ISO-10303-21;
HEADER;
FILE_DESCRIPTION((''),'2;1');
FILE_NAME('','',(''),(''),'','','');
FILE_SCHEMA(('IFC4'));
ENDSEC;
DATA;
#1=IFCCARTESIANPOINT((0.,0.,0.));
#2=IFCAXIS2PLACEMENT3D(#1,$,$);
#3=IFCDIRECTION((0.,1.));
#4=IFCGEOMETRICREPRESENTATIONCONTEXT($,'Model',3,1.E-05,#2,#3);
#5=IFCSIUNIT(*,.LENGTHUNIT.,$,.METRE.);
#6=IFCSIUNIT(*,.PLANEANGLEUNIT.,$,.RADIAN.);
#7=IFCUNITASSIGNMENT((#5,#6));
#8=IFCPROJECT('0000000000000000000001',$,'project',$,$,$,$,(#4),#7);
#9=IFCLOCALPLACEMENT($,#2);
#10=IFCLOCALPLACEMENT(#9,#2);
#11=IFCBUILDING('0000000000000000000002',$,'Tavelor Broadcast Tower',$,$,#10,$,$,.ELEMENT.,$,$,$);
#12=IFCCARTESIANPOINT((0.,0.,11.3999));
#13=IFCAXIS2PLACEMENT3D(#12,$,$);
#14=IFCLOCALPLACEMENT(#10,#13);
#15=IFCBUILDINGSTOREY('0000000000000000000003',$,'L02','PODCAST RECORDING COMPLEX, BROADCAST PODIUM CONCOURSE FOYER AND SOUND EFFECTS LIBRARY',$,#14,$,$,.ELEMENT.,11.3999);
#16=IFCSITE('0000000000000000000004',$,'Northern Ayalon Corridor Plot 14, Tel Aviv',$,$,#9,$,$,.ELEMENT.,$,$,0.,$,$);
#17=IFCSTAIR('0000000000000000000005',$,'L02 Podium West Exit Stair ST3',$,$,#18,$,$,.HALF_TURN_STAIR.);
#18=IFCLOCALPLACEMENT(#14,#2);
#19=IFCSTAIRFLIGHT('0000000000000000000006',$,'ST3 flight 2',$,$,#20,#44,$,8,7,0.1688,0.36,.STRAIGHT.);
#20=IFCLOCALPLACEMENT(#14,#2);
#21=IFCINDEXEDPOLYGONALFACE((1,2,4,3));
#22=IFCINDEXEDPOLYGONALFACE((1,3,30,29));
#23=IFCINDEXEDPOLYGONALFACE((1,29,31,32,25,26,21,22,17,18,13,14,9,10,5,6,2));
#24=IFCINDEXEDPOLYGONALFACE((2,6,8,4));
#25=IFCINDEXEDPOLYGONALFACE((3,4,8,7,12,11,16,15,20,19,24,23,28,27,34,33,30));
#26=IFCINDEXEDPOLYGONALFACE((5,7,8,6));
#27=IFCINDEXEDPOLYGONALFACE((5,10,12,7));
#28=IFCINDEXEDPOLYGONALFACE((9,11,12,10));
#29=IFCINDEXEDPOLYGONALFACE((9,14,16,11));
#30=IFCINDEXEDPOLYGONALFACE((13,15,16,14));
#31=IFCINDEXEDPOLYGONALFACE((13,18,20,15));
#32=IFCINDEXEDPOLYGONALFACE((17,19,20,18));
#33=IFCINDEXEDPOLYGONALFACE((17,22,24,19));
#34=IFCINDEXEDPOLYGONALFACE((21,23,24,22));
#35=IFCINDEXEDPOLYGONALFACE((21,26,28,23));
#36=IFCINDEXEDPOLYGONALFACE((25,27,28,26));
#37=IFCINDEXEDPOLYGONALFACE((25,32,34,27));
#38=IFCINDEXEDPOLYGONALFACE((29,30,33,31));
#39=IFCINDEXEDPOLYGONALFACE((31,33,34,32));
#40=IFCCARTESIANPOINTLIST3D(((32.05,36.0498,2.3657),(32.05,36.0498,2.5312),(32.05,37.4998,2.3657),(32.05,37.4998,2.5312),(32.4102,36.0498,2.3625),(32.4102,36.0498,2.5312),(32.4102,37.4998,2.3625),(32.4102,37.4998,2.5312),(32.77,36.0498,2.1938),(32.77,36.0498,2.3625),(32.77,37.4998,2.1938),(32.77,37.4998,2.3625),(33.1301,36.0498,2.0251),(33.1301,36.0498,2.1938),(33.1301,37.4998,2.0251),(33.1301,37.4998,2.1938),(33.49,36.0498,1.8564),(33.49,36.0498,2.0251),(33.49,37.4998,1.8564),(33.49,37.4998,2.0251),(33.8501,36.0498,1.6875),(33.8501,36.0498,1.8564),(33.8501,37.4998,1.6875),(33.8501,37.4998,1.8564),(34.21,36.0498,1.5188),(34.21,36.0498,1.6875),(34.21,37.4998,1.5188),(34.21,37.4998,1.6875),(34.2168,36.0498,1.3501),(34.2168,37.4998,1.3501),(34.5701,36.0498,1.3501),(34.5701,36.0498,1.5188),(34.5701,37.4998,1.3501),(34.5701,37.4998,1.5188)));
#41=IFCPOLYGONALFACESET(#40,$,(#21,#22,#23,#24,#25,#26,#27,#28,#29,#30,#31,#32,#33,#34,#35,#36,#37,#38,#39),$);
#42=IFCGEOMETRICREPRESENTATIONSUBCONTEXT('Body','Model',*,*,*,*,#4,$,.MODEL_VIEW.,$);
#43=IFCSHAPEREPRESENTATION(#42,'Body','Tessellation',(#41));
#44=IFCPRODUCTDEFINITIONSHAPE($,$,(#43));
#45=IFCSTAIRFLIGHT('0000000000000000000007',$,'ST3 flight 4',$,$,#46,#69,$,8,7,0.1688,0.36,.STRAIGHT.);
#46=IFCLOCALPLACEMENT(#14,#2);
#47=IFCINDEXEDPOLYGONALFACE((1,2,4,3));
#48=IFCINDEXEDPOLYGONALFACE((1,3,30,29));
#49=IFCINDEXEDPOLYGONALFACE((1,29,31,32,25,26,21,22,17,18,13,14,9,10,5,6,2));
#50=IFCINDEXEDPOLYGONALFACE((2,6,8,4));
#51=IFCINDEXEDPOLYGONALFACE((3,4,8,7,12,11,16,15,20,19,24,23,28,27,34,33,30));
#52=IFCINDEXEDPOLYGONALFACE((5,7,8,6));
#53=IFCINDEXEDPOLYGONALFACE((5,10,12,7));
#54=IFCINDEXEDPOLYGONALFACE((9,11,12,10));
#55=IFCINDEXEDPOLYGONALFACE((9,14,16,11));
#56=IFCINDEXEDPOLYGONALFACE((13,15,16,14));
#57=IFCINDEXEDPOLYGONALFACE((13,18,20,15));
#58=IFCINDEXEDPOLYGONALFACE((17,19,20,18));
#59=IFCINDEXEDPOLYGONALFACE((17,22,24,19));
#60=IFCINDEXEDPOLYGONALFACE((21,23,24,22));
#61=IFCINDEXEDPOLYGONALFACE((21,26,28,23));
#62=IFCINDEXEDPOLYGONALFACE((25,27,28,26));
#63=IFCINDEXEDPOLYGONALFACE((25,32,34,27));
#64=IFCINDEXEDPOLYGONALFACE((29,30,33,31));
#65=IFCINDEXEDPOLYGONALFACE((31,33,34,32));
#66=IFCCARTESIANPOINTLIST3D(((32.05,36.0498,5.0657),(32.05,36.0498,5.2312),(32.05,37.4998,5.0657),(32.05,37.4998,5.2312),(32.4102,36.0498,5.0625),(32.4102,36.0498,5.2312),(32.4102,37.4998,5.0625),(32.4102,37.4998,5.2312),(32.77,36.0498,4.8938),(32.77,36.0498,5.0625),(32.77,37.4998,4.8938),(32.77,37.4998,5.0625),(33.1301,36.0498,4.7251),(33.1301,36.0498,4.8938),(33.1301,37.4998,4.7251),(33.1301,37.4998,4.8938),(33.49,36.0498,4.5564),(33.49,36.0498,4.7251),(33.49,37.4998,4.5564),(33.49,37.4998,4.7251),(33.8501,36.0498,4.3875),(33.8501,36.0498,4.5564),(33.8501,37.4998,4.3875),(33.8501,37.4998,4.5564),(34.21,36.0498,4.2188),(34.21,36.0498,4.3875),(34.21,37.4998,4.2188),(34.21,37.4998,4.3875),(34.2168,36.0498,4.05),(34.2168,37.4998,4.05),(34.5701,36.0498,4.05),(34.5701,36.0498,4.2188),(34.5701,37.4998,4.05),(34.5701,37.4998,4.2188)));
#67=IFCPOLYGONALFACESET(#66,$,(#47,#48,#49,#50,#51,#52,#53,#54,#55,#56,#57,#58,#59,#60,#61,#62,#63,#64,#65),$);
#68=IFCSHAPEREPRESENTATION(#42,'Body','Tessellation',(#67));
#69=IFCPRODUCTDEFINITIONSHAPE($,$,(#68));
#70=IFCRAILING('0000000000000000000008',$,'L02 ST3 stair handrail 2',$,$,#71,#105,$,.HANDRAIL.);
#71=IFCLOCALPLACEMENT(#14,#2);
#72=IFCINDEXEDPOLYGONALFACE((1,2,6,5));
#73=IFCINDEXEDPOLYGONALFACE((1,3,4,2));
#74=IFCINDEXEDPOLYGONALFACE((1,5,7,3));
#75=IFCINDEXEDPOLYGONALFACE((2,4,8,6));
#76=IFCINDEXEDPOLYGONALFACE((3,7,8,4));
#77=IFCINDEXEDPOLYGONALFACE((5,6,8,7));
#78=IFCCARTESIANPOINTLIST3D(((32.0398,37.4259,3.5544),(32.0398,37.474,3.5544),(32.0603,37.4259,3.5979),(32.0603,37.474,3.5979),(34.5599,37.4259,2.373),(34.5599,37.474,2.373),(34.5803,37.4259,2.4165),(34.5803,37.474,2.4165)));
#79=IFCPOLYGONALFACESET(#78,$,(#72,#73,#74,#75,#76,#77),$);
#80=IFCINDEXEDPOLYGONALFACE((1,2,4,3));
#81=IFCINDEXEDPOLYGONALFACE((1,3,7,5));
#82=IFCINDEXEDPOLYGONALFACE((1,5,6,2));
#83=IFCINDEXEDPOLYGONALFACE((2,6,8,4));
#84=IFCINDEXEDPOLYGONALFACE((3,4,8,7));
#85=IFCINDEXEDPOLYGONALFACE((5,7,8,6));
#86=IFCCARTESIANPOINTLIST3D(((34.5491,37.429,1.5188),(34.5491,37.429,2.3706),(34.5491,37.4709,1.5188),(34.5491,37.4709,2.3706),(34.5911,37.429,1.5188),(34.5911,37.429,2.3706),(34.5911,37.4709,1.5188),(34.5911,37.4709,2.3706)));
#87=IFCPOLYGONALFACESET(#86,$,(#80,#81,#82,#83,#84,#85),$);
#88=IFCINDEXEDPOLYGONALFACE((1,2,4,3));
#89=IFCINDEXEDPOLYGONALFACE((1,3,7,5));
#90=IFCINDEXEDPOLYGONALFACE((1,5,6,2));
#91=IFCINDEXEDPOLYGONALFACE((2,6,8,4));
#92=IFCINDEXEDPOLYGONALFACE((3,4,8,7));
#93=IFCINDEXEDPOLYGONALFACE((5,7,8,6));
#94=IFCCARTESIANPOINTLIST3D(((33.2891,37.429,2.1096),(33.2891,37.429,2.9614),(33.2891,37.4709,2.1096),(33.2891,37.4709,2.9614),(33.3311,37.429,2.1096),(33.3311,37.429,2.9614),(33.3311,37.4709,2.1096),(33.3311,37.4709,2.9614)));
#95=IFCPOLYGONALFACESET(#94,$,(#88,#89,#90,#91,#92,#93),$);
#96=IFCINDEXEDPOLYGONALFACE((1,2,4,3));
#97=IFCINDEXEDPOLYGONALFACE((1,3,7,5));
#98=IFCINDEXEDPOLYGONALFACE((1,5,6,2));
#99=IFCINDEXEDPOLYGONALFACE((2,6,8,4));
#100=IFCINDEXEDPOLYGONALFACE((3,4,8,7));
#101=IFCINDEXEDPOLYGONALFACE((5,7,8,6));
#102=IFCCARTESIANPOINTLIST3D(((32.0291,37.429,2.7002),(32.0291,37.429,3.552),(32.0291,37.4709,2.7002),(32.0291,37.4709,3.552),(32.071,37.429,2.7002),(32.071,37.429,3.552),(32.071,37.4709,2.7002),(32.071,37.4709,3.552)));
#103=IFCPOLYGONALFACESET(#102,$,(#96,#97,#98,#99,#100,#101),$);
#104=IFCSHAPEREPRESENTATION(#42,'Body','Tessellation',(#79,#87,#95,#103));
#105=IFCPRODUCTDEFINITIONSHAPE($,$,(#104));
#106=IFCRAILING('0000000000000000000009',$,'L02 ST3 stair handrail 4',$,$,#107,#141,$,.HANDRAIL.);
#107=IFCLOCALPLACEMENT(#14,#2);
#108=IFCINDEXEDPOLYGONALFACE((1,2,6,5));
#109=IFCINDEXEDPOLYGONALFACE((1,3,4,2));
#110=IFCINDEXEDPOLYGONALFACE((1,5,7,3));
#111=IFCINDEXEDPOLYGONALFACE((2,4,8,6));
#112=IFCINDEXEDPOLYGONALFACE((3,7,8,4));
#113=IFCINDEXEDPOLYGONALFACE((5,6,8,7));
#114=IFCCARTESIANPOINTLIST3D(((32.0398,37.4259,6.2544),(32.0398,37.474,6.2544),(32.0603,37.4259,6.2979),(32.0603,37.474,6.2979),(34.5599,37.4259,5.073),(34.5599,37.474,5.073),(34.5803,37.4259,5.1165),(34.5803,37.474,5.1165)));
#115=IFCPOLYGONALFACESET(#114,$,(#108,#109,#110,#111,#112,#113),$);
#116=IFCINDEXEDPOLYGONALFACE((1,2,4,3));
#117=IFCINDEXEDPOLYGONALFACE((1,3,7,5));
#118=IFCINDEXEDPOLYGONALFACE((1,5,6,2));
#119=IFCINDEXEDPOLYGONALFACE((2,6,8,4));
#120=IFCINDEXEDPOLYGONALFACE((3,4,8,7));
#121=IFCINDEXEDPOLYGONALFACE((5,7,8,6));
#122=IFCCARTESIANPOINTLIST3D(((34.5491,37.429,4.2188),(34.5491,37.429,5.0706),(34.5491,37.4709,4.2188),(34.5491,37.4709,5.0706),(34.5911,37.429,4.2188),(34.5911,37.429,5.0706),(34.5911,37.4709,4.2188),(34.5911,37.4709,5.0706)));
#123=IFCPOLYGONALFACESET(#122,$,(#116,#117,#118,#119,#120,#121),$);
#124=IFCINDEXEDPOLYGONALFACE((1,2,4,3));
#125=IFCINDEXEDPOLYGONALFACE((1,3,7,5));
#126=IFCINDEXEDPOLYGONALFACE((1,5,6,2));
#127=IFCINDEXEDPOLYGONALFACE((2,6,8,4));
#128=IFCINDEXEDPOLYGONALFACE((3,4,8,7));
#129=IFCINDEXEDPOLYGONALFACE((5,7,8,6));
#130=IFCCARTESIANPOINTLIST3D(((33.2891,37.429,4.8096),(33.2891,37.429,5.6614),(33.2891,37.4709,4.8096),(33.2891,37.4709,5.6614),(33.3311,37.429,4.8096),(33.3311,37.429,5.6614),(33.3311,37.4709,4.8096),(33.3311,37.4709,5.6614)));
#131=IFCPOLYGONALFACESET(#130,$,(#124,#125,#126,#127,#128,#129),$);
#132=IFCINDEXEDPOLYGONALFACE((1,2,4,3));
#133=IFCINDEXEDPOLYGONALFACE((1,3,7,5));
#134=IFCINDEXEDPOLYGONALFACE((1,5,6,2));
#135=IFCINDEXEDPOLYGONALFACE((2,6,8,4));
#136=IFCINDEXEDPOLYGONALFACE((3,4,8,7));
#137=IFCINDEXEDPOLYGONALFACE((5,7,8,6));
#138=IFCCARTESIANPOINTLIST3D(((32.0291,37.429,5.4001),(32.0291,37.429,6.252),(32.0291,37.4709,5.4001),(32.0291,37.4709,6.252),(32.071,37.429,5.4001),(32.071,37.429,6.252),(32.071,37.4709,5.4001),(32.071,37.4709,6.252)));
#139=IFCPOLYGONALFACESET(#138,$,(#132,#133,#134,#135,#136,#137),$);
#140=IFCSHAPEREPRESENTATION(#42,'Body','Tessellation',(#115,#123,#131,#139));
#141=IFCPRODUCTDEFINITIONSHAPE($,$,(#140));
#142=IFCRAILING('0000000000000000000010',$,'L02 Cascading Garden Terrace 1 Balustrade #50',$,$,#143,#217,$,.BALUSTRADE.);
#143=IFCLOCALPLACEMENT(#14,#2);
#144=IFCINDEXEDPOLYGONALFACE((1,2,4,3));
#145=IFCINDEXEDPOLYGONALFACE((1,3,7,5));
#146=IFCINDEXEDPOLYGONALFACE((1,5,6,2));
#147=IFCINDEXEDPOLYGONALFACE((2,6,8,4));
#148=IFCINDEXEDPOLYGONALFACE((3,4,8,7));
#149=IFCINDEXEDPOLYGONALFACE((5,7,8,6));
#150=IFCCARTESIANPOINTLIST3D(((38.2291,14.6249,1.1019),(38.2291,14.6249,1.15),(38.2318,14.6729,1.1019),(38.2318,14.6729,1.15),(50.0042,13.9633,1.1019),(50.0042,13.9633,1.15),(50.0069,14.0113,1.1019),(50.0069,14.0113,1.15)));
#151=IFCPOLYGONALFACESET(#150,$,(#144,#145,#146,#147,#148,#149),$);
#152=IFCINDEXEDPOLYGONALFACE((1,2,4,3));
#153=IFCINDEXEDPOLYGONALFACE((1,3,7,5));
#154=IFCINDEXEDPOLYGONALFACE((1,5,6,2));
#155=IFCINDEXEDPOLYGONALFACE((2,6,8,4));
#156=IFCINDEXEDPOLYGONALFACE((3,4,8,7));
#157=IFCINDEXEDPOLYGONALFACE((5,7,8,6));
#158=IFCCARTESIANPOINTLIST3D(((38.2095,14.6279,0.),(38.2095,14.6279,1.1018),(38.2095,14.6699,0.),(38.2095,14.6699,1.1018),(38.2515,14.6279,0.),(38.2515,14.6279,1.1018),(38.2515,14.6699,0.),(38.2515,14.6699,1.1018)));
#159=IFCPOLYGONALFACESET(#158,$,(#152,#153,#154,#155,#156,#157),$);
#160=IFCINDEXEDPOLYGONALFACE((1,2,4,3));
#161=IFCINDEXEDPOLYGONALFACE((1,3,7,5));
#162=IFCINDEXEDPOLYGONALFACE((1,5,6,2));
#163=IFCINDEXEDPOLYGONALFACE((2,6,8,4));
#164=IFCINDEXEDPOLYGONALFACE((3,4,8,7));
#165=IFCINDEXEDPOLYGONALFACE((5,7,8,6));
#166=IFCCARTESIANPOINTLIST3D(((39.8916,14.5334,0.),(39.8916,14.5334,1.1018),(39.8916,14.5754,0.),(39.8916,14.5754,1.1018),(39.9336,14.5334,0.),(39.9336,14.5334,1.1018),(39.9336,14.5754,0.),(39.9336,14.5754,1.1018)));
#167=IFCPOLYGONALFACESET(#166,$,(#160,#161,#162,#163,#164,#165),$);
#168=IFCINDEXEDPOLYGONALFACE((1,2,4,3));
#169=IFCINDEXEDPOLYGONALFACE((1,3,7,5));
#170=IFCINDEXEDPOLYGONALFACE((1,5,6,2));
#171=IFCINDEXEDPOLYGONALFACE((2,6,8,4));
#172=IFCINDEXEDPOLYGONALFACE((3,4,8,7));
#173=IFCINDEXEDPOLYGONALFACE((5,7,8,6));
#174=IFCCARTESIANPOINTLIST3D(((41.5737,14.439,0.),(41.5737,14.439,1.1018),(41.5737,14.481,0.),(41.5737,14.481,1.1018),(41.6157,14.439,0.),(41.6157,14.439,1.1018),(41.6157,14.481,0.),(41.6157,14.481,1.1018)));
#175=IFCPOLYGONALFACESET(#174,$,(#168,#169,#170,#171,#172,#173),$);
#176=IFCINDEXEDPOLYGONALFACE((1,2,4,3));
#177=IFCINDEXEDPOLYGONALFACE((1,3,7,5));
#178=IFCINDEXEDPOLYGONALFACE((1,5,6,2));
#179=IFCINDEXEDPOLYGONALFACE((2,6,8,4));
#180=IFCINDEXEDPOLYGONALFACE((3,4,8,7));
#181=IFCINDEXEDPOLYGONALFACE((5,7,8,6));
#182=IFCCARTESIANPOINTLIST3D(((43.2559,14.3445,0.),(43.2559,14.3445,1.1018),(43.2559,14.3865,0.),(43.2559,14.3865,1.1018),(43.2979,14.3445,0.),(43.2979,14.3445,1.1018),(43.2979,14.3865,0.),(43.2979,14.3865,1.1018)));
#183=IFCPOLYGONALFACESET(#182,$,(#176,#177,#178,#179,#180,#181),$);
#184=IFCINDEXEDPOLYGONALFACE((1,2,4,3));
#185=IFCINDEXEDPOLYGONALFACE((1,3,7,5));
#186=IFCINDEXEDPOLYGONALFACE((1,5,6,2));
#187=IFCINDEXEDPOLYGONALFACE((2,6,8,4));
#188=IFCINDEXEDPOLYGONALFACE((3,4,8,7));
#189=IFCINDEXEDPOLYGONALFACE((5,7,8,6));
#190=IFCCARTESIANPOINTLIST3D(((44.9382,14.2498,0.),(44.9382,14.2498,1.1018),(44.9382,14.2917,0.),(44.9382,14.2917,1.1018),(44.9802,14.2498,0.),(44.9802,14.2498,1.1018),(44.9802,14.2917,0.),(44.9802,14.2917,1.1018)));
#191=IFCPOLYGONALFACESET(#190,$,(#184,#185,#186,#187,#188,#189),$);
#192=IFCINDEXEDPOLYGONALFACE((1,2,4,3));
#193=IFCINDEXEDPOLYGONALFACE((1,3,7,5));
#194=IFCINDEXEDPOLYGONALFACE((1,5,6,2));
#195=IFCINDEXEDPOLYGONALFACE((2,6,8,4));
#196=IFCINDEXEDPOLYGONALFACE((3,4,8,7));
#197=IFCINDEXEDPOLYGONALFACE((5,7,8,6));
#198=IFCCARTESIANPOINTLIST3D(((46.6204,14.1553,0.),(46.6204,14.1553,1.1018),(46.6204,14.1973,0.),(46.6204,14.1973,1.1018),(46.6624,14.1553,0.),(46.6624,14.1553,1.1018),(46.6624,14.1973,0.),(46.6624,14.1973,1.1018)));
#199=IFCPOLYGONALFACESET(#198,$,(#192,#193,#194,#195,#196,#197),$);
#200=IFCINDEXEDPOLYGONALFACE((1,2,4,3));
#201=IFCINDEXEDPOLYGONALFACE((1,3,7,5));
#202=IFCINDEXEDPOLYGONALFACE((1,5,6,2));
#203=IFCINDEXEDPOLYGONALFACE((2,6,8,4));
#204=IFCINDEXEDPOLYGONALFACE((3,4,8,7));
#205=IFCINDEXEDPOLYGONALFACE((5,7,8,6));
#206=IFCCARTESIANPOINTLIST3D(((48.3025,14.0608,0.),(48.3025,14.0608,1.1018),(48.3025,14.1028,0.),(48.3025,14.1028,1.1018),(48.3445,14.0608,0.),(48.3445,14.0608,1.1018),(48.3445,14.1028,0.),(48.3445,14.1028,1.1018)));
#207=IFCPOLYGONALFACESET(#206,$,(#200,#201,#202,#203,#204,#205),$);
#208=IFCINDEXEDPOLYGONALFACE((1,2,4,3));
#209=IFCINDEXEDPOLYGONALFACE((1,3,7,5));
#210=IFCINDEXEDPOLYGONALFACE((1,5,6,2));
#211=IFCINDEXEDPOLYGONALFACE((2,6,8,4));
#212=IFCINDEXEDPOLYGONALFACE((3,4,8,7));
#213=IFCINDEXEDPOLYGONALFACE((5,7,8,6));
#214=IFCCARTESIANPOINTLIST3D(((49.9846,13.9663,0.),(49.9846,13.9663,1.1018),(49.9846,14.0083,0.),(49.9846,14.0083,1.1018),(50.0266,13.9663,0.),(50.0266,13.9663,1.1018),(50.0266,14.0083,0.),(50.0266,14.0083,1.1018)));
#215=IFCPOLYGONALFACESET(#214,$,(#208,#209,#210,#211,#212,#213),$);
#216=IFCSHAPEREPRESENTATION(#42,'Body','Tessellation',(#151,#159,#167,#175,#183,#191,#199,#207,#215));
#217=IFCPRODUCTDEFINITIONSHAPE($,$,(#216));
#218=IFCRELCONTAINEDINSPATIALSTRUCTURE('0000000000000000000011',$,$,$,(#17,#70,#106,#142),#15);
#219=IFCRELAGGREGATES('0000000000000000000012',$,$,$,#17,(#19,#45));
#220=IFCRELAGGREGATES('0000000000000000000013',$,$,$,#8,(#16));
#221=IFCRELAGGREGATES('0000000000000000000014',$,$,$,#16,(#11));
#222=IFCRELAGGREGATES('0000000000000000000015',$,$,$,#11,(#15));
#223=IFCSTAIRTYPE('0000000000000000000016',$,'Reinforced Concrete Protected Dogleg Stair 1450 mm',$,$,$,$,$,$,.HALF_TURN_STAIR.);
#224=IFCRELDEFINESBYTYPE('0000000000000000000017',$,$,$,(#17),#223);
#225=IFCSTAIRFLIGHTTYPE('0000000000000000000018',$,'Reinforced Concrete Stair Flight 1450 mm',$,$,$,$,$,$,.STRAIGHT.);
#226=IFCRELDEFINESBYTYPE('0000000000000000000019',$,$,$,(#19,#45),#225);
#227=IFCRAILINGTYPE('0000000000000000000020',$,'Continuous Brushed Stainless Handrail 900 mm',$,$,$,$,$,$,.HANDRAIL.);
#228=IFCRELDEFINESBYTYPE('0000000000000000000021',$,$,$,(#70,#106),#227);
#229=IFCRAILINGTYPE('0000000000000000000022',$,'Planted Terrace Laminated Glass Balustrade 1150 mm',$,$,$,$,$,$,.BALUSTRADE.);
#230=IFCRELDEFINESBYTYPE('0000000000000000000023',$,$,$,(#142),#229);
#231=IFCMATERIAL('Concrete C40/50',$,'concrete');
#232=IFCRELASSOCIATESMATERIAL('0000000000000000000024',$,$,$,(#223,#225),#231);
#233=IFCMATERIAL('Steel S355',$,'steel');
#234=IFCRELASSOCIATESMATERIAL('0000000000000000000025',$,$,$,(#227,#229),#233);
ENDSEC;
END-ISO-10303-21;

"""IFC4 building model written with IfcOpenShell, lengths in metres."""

from ifc_helpers import new_model, si_unit, direction, frame, origin, origin_2d, place, context, subcontext, project, spatial, polyline, rectangle, outline, extrude, material, type_object, element, aggregate, save


model = new_model("IFC4")

# Units and contexts
model_context = context("Model", 3, precision=1e-05, world=origin(), true_north=direction((0.0, 1.0)))
body_context = subcontext(model_context, "Body", "Model", "MODEL_VIEW")
ifc_project = project(units=[si_unit("LENGTHUNIT", "METRE"), si_unit("PLANEANGLEUNIT", "RADIAN")], contexts=[model_context])

# Site, building, storey
site_placement = place(None, origin())
site = spatial("IfcSite", under=ifc_project, at=site_placement, Name="Northern Ayalon Corridor Plot 14, Tel Aviv", CompositionType="ELEMENT", RefElevation=0.0)
building_placement = place(site_placement, origin())
building = spatial("IfcBuilding", under=site, at=building_placement, Name="Tavelor Broadcast Tower", CompositionType="ELEMENT")
storey_placement = place(building_placement, frame((0.0, 0.0, 11.3999)))
storey = spatial("IfcBuildingStorey", under=building, at=storey_placement, Name="L02", Description="PODCAST RECORDING COMPLEX, BROADCAST PODIUM CONCOURSE FOYER AND SOUND EFFECTS LIBRARY", CompositionType="ELEMENT", Elevation=11.3999)

# Shared definitions
ifc_material_1 = material(Name="Steel S355", Category="steel")

# Shared definitions
ifc_material_2 = material(Name="Concrete C40/50", Category="concrete")

# Stair, stair flights
stair_type = type_object("IfcStairType", Name="Reinforced Concrete Protected Dogleg Stair 1450 mm", PredefinedType="HALF_TURN_STAIR", material=ifc_material_2)
stair_placement = place(storey_placement, origin())
stair = element("IfcStair", 1, at=stair_placement, inside=storey, type_object=stair_type, Name="L02 Podium West Exit Stair ST3", PredefinedType="HALF_TURN_STAIR")
stair_flight_type = type_object("IfcStairFlightType", Name="Reinforced Concrete Stair Flight 1450 mm", PredefinedType="STRAIGHT", material=ifc_material_2)
stair_flight_1_placement = place(storey_placement, frame((34.5701, 36.7749, 1.3501), z_axis=(0.0, 0.0, 1.0), x_axis=(-1.0, 0.0, 0.0)))
stair_flight_1 = element("IfcStairFlight", 2, at=stair_flight_1_placement, type_object=stair_flight_type, Name="ST3 flight 2", NumberOfRisers=8, NumberOfTreads=7, PredefinedType="STRAIGHT", RiserHeight=0.1688, TreadLength=0.36, context=body_context, shape_type="SweptSolid", body=[
    extrude(outline(polyline([(0.0, 0.0), (0.0, 0.1687), (0.3601, 0.1687), (0.3601, 0.3374), (0.72, 0.3374), (0.72, 0.5063), (1.0801, 0.5063), (1.0801, 0.675), (1.4399, 0.675), (1.4399, 0.8438), (1.8, 0.8438), (1.8, 1.0125), (2.1599, 1.0125), (2.1599, 1.1812), (2.52, 1.1812), (2.52, 1.3501), (2.52, 1.0156), (0.3533, 0.0), (0.0, 0.0)])), frame((0.0, 0.7251, 0.0), z_axis=(0.0, -1.0, 0.0), x_axis=(1.0, 0.0, 0.0)), (0.0, 0.0, 1.0), 1.45),
])
stair_flight_2_placement = place(storey_placement, frame((34.5701, 36.7749, 4.05), z_axis=(0.0, 0.0, 1.0), x_axis=(-1.0, 0.0, 0.0)))
stair_flight_2 = element("IfcStairFlight", 3, at=stair_flight_2_placement, type_object=stair_flight_type, Name="ST3 flight 4", NumberOfRisers=8, NumberOfTreads=7, PredefinedType="STRAIGHT", RiserHeight=0.1688, TreadLength=0.36, context=body_context, shape_type="SweptSolid", body=[
    extrude(outline(polyline([(0.0, 0.0), (0.0, 0.1687), (0.3601, 0.1687), (0.3601, 0.3374), (0.72, 0.3374), (0.72, 0.5063), (1.0801, 0.5063), (1.0801, 0.675), (1.4399, 0.675), (1.4399, 0.8438), (1.8, 0.8438), (1.8, 1.0125), (2.1599, 1.0125), (2.1599, 1.1812), (2.52, 1.1812), (2.52, 1.3501), (2.52, 1.0156), (0.3533, 0.0), (0.0, 0.0)])), frame((0.0, 0.7251, 0.0), z_axis=(0.0, -1.0, 0.0), x_axis=(1.0, 0.0, 0.0)), (0.0, 0.0, 1.0), 1.45),
])
aggregate(stair, [stair_flight_1, stair_flight_2])

# Railings
railing_type_1 = type_object("IfcRailingType", Name="Continuous Brushed Stainless Handrail 900 mm", PredefinedType="HANDRAIL", material=ifc_material_1)
for number, where, name in (
    (4, (34.5701, 37.45, 1.5188), "L02 ST3 stair handrail 2"),
    (5, (34.5701, 37.45, 4.2188), "L02 ST3 stair handrail 4"),
):
    element("IfcRailing", number, at=place(storey_placement, frame(where)), inside=storey, type_object=railing_type_1, Name=name, PredefinedType="HANDRAIL", context=body_context, shape_type="SweptSolid", body=[
        extrude(rectangle(XDim=0.0481, YDim=0.0481, at=origin_2d()), frame((0.0, 0.0, 0.876), z_axis=(-0.90544, 0.0, 0.424474), x_axis=(0.0, -1.0, 0.0)), (0.0, 0.0, 1.0), 2.7832),
        extrude(rectangle(XDim=0.042, YDim=0.042, at=origin_2d()), origin(), (0.0, 0.0, 1.0), 0.8518),
        extrude(rectangle(XDim=0.042, YDim=0.042, at=origin_2d()), frame((-1.26, 0.0, 0.5908)), (0.0, 0.0, 1.0), 0.8518),
        extrude(rectangle(XDim=0.042, YDim=0.042, at=origin_2d()), frame((-2.52, 0.0, 1.1814)), (0.0, 0.0, 1.0), 0.8518),
    ])
railing_type_2 = type_object("IfcRailingType", Name="Planted Terrace Laminated Glass Balustrade 1150 mm", PredefinedType="BALUSTRADE", material=ifc_material_1)
railing_1_placement = place(storey_placement, frame((38.2305, 14.6489, 0.0)))
element("IfcRailing", 6, at=railing_1_placement, inside=storey, type_object=railing_type_2, Name="L02 Cascading Garden Terrace 1 Balustrade #50", PredefinedType="BALUSTRADE", context=body_context, shape_type="SweptSolid", body=[
    extrude(rectangle(XDim=0.0481, YDim=0.0481, at=origin_2d()), frame((0.0, 0.0, 1.126), z_axis=(0.998425, -0.056099, 0.0), x_axis=(0.056099, 0.998425, 0.0)), (0.0, 0.0, 1.0), 11.7937),
    extrude(rectangle(XDim=0.042, YDim=0.042, at=origin_2d()), origin(), (0.0, 0.0, 1.0), 1.1018),
    extrude(rectangle(XDim=0.042, YDim=0.042, at=origin_2d()), frame((1.6821, -0.0945, 0.0)), (0.0, 0.0, 1.0), 1.1018),
    extrude(rectangle(XDim=0.042, YDim=0.042, at=origin_2d()), frame((3.3643, -0.189, 0.0)), (0.0, 0.0, 1.0), 1.1018),
    extrude(rectangle(XDim=0.042, YDim=0.042, at=origin_2d()), frame((5.0464, -0.2834, 0.0)), (0.0, 0.0, 1.0), 1.1018),
    extrude(rectangle(XDim=0.042, YDim=0.042, at=origin_2d()), frame((6.7288, -0.3782, 0.0)), (0.0, 0.0, 1.0), 1.1018),
    extrude(rectangle(XDim=0.042, YDim=0.042, at=origin_2d()), frame((8.4109, -0.4727, 0.0)), (0.0, 0.0, 1.0), 1.1018),
    extrude(rectangle(XDim=0.042, YDim=0.042, at=origin_2d()), frame((10.093, -0.5671, 0.0)), (0.0, 0.0, 1.0), 1.1018),
    extrude(rectangle(XDim=0.042, YDim=0.042, at=origin_2d()), frame((11.7751, -0.6616, 0.0)), (0.0, 0.0, 1.0), 1.1018),
])

save(model, "model.ifc")
